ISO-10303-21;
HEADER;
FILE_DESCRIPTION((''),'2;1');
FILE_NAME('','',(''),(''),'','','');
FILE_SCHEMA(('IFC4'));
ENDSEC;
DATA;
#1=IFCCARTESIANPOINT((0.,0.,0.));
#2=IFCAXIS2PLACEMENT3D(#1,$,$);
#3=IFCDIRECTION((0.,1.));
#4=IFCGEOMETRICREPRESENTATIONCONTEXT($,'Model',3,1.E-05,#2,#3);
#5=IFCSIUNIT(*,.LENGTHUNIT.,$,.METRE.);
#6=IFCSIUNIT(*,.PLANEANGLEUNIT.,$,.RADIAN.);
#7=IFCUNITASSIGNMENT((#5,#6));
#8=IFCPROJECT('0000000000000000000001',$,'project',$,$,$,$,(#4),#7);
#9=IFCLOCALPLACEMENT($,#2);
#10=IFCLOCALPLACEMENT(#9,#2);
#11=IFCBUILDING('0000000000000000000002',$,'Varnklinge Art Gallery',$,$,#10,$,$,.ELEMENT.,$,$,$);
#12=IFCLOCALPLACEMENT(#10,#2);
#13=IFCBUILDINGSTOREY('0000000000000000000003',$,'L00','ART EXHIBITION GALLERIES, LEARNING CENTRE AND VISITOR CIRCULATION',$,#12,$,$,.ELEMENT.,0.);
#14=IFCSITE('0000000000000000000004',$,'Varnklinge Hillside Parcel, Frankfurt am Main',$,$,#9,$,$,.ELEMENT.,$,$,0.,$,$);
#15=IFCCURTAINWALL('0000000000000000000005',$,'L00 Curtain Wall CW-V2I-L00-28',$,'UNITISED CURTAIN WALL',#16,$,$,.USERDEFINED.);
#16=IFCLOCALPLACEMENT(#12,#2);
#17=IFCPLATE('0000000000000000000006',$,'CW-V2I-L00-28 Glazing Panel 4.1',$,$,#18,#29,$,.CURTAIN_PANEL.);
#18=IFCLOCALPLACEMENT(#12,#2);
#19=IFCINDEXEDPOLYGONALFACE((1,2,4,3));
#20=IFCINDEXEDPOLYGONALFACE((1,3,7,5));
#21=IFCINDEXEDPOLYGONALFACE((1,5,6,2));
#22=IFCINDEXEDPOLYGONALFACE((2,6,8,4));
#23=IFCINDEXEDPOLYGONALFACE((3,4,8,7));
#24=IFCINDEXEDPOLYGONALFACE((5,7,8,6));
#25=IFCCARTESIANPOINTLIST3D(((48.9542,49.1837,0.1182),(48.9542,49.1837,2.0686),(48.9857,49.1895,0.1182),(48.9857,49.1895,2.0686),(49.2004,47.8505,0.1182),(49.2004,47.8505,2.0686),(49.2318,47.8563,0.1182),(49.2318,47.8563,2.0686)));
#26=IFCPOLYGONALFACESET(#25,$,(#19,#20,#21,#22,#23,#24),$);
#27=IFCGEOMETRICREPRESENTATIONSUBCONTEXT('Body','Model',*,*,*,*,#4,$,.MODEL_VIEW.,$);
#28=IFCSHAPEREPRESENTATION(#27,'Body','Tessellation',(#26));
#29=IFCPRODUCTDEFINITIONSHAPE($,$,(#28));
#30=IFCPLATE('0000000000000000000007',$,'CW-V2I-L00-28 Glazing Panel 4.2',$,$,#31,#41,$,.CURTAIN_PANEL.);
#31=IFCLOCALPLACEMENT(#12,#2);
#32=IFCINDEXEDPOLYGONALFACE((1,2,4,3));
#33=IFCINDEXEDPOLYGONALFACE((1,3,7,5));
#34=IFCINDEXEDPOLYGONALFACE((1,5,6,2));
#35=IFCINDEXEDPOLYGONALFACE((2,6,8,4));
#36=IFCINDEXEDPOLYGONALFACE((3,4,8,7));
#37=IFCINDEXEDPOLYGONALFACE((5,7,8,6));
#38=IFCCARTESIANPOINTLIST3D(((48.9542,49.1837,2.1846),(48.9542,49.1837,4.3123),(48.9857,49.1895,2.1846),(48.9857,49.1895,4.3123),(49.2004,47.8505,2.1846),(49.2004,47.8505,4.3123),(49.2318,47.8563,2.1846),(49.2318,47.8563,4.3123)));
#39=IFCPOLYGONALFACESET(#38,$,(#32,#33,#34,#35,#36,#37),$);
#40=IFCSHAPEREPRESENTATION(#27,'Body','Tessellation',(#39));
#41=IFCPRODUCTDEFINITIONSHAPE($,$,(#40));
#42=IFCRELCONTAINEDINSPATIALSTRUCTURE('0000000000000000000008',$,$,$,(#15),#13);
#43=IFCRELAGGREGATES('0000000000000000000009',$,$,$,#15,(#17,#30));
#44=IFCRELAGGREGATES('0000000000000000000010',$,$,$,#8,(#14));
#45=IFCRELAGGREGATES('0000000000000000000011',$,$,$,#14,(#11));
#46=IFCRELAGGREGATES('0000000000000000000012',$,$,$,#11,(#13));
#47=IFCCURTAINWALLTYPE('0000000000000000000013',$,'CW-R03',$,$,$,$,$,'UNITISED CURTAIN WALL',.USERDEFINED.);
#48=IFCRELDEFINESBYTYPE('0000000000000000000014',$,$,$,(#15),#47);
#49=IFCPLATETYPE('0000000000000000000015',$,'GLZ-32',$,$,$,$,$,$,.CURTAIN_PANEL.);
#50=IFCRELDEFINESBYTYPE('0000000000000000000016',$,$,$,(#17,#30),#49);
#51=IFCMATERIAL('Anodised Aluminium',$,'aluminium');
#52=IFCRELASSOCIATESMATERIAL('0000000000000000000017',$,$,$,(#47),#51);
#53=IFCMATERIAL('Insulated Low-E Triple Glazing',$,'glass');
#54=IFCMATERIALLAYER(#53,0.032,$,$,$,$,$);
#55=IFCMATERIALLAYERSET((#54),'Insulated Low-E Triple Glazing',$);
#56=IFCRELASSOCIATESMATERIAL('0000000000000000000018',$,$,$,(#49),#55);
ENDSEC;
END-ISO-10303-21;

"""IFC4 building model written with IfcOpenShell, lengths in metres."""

from ifc_helpers import new_model, si_unit, direction, frame, origin, origin_2d, place, context, subcontext, project, spatial, rectangle, extrude, material, layer, layer_set, type_object, element, aggregate, save


model = new_model("IFC4")

# Units and contexts
model_context = context("Model", 3, precision=1e-05, world=origin(), true_north=direction((0.0, 1.0)))
body_context = subcontext(model_context, "Body", "Model", "MODEL_VIEW")
ifc_project = project(units=[si_unit("LENGTHUNIT", "METRE"), si_unit("PLANEANGLEUNIT", "RADIAN")], contexts=[model_context])

# Site, building, storey
site_placement = place(None, origin())
site = spatial("IfcSite", under=ifc_project, at=site_placement, Name="Varnklinge Hillside Parcel, Frankfurt am Main", CompositionType="ELEMENT", RefElevation=0.0)
building_placement = place(site_placement, origin())
building = spatial("IfcBuilding", under=site, at=building_placement, Name="Varnklinge Art Gallery", CompositionType="ELEMENT")
storey_placement = place(building_placement, origin())
storey = spatial("IfcBuildingStorey", under=building, at=storey_placement, Name="L00", Description="ART EXHIBITION GALLERIES, LEARNING CENTRE AND VISITOR CIRCULATION", CompositionType="ELEMENT", Elevation=0.0)

# Curtain wall
ifc_material_1 = material(Name="Anodised Aluminium", Category="aluminium")
curtain_wall_type = type_object("IfcCurtainWallType", Name="CW-R03", ElementType="UNITISED CURTAIN WALL", PredefinedType="USERDEFINED", material=ifc_material_1)
curtain_wall_1_placement = place(storey_placement, origin())
curtain_wall_1 = element("IfcCurtainWall", 1, at=curtain_wall_1_placement, inside=storey, type_object=curtain_wall_type, Name="L00 Curtain Wall CW-V2I-L00-28", ObjectType="UNITISED CURTAIN WALL", PredefinedType="USERDEFINED")

# Plates
ifc_material_2 = material(Name="Insulated Low-E Triple Glazing", Category="glass")
ifc_layer = layer(ifc_material_2, 0.032)
ifc_layer_set = layer_set([ifc_layer], Name="Insulated Low-E Triple Glazing")
plate_type = type_object("IfcPlateType", Name="GLZ-32", PredefinedType="CURTAIN_PANEL", material=ifc_layer_set)
plate_1_placement = place(storey_placement, frame((49.093, 48.52, 0.1182), z_axis=(0.0, 0.0, 1.0), x_axis=(-0.181549, 0.983382, 0.0)))
plate_1 = element("IfcPlate", 2, at=plate_1_placement, type_object=plate_type, Name="CW-V2I-L00-28 Glazing Panel 4.1", PredefinedType="CURTAIN_PANEL", context=body_context, shape_type="SweptSolid", body=[
    extrude(rectangle(XDim=1.3557, YDim=0.032, at=origin_2d()), origin(), (0.0, 0.0, 1.0), 1.9504),
])
plate_2_placement = place(storey_placement, frame((49.093, 48.52, 2.1846), z_axis=(0.0, 0.0, 1.0), x_axis=(-0.181549, 0.983382, 0.0)))
plate_2 = element("IfcPlate", 3, at=plate_2_placement, type_object=plate_type, Name="CW-V2I-L00-28 Glazing Panel 4.2", PredefinedType="CURTAIN_PANEL", context=body_context, shape_type="SweptSolid", body=[
    extrude(rectangle(XDim=1.3557, YDim=0.032, at=origin_2d()), origin(), (0.0, 0.0, 1.0), 2.1277),
])
aggregate(curtain_wall_1, [plate_1, plate_2])

save(model, "model.ifc")
